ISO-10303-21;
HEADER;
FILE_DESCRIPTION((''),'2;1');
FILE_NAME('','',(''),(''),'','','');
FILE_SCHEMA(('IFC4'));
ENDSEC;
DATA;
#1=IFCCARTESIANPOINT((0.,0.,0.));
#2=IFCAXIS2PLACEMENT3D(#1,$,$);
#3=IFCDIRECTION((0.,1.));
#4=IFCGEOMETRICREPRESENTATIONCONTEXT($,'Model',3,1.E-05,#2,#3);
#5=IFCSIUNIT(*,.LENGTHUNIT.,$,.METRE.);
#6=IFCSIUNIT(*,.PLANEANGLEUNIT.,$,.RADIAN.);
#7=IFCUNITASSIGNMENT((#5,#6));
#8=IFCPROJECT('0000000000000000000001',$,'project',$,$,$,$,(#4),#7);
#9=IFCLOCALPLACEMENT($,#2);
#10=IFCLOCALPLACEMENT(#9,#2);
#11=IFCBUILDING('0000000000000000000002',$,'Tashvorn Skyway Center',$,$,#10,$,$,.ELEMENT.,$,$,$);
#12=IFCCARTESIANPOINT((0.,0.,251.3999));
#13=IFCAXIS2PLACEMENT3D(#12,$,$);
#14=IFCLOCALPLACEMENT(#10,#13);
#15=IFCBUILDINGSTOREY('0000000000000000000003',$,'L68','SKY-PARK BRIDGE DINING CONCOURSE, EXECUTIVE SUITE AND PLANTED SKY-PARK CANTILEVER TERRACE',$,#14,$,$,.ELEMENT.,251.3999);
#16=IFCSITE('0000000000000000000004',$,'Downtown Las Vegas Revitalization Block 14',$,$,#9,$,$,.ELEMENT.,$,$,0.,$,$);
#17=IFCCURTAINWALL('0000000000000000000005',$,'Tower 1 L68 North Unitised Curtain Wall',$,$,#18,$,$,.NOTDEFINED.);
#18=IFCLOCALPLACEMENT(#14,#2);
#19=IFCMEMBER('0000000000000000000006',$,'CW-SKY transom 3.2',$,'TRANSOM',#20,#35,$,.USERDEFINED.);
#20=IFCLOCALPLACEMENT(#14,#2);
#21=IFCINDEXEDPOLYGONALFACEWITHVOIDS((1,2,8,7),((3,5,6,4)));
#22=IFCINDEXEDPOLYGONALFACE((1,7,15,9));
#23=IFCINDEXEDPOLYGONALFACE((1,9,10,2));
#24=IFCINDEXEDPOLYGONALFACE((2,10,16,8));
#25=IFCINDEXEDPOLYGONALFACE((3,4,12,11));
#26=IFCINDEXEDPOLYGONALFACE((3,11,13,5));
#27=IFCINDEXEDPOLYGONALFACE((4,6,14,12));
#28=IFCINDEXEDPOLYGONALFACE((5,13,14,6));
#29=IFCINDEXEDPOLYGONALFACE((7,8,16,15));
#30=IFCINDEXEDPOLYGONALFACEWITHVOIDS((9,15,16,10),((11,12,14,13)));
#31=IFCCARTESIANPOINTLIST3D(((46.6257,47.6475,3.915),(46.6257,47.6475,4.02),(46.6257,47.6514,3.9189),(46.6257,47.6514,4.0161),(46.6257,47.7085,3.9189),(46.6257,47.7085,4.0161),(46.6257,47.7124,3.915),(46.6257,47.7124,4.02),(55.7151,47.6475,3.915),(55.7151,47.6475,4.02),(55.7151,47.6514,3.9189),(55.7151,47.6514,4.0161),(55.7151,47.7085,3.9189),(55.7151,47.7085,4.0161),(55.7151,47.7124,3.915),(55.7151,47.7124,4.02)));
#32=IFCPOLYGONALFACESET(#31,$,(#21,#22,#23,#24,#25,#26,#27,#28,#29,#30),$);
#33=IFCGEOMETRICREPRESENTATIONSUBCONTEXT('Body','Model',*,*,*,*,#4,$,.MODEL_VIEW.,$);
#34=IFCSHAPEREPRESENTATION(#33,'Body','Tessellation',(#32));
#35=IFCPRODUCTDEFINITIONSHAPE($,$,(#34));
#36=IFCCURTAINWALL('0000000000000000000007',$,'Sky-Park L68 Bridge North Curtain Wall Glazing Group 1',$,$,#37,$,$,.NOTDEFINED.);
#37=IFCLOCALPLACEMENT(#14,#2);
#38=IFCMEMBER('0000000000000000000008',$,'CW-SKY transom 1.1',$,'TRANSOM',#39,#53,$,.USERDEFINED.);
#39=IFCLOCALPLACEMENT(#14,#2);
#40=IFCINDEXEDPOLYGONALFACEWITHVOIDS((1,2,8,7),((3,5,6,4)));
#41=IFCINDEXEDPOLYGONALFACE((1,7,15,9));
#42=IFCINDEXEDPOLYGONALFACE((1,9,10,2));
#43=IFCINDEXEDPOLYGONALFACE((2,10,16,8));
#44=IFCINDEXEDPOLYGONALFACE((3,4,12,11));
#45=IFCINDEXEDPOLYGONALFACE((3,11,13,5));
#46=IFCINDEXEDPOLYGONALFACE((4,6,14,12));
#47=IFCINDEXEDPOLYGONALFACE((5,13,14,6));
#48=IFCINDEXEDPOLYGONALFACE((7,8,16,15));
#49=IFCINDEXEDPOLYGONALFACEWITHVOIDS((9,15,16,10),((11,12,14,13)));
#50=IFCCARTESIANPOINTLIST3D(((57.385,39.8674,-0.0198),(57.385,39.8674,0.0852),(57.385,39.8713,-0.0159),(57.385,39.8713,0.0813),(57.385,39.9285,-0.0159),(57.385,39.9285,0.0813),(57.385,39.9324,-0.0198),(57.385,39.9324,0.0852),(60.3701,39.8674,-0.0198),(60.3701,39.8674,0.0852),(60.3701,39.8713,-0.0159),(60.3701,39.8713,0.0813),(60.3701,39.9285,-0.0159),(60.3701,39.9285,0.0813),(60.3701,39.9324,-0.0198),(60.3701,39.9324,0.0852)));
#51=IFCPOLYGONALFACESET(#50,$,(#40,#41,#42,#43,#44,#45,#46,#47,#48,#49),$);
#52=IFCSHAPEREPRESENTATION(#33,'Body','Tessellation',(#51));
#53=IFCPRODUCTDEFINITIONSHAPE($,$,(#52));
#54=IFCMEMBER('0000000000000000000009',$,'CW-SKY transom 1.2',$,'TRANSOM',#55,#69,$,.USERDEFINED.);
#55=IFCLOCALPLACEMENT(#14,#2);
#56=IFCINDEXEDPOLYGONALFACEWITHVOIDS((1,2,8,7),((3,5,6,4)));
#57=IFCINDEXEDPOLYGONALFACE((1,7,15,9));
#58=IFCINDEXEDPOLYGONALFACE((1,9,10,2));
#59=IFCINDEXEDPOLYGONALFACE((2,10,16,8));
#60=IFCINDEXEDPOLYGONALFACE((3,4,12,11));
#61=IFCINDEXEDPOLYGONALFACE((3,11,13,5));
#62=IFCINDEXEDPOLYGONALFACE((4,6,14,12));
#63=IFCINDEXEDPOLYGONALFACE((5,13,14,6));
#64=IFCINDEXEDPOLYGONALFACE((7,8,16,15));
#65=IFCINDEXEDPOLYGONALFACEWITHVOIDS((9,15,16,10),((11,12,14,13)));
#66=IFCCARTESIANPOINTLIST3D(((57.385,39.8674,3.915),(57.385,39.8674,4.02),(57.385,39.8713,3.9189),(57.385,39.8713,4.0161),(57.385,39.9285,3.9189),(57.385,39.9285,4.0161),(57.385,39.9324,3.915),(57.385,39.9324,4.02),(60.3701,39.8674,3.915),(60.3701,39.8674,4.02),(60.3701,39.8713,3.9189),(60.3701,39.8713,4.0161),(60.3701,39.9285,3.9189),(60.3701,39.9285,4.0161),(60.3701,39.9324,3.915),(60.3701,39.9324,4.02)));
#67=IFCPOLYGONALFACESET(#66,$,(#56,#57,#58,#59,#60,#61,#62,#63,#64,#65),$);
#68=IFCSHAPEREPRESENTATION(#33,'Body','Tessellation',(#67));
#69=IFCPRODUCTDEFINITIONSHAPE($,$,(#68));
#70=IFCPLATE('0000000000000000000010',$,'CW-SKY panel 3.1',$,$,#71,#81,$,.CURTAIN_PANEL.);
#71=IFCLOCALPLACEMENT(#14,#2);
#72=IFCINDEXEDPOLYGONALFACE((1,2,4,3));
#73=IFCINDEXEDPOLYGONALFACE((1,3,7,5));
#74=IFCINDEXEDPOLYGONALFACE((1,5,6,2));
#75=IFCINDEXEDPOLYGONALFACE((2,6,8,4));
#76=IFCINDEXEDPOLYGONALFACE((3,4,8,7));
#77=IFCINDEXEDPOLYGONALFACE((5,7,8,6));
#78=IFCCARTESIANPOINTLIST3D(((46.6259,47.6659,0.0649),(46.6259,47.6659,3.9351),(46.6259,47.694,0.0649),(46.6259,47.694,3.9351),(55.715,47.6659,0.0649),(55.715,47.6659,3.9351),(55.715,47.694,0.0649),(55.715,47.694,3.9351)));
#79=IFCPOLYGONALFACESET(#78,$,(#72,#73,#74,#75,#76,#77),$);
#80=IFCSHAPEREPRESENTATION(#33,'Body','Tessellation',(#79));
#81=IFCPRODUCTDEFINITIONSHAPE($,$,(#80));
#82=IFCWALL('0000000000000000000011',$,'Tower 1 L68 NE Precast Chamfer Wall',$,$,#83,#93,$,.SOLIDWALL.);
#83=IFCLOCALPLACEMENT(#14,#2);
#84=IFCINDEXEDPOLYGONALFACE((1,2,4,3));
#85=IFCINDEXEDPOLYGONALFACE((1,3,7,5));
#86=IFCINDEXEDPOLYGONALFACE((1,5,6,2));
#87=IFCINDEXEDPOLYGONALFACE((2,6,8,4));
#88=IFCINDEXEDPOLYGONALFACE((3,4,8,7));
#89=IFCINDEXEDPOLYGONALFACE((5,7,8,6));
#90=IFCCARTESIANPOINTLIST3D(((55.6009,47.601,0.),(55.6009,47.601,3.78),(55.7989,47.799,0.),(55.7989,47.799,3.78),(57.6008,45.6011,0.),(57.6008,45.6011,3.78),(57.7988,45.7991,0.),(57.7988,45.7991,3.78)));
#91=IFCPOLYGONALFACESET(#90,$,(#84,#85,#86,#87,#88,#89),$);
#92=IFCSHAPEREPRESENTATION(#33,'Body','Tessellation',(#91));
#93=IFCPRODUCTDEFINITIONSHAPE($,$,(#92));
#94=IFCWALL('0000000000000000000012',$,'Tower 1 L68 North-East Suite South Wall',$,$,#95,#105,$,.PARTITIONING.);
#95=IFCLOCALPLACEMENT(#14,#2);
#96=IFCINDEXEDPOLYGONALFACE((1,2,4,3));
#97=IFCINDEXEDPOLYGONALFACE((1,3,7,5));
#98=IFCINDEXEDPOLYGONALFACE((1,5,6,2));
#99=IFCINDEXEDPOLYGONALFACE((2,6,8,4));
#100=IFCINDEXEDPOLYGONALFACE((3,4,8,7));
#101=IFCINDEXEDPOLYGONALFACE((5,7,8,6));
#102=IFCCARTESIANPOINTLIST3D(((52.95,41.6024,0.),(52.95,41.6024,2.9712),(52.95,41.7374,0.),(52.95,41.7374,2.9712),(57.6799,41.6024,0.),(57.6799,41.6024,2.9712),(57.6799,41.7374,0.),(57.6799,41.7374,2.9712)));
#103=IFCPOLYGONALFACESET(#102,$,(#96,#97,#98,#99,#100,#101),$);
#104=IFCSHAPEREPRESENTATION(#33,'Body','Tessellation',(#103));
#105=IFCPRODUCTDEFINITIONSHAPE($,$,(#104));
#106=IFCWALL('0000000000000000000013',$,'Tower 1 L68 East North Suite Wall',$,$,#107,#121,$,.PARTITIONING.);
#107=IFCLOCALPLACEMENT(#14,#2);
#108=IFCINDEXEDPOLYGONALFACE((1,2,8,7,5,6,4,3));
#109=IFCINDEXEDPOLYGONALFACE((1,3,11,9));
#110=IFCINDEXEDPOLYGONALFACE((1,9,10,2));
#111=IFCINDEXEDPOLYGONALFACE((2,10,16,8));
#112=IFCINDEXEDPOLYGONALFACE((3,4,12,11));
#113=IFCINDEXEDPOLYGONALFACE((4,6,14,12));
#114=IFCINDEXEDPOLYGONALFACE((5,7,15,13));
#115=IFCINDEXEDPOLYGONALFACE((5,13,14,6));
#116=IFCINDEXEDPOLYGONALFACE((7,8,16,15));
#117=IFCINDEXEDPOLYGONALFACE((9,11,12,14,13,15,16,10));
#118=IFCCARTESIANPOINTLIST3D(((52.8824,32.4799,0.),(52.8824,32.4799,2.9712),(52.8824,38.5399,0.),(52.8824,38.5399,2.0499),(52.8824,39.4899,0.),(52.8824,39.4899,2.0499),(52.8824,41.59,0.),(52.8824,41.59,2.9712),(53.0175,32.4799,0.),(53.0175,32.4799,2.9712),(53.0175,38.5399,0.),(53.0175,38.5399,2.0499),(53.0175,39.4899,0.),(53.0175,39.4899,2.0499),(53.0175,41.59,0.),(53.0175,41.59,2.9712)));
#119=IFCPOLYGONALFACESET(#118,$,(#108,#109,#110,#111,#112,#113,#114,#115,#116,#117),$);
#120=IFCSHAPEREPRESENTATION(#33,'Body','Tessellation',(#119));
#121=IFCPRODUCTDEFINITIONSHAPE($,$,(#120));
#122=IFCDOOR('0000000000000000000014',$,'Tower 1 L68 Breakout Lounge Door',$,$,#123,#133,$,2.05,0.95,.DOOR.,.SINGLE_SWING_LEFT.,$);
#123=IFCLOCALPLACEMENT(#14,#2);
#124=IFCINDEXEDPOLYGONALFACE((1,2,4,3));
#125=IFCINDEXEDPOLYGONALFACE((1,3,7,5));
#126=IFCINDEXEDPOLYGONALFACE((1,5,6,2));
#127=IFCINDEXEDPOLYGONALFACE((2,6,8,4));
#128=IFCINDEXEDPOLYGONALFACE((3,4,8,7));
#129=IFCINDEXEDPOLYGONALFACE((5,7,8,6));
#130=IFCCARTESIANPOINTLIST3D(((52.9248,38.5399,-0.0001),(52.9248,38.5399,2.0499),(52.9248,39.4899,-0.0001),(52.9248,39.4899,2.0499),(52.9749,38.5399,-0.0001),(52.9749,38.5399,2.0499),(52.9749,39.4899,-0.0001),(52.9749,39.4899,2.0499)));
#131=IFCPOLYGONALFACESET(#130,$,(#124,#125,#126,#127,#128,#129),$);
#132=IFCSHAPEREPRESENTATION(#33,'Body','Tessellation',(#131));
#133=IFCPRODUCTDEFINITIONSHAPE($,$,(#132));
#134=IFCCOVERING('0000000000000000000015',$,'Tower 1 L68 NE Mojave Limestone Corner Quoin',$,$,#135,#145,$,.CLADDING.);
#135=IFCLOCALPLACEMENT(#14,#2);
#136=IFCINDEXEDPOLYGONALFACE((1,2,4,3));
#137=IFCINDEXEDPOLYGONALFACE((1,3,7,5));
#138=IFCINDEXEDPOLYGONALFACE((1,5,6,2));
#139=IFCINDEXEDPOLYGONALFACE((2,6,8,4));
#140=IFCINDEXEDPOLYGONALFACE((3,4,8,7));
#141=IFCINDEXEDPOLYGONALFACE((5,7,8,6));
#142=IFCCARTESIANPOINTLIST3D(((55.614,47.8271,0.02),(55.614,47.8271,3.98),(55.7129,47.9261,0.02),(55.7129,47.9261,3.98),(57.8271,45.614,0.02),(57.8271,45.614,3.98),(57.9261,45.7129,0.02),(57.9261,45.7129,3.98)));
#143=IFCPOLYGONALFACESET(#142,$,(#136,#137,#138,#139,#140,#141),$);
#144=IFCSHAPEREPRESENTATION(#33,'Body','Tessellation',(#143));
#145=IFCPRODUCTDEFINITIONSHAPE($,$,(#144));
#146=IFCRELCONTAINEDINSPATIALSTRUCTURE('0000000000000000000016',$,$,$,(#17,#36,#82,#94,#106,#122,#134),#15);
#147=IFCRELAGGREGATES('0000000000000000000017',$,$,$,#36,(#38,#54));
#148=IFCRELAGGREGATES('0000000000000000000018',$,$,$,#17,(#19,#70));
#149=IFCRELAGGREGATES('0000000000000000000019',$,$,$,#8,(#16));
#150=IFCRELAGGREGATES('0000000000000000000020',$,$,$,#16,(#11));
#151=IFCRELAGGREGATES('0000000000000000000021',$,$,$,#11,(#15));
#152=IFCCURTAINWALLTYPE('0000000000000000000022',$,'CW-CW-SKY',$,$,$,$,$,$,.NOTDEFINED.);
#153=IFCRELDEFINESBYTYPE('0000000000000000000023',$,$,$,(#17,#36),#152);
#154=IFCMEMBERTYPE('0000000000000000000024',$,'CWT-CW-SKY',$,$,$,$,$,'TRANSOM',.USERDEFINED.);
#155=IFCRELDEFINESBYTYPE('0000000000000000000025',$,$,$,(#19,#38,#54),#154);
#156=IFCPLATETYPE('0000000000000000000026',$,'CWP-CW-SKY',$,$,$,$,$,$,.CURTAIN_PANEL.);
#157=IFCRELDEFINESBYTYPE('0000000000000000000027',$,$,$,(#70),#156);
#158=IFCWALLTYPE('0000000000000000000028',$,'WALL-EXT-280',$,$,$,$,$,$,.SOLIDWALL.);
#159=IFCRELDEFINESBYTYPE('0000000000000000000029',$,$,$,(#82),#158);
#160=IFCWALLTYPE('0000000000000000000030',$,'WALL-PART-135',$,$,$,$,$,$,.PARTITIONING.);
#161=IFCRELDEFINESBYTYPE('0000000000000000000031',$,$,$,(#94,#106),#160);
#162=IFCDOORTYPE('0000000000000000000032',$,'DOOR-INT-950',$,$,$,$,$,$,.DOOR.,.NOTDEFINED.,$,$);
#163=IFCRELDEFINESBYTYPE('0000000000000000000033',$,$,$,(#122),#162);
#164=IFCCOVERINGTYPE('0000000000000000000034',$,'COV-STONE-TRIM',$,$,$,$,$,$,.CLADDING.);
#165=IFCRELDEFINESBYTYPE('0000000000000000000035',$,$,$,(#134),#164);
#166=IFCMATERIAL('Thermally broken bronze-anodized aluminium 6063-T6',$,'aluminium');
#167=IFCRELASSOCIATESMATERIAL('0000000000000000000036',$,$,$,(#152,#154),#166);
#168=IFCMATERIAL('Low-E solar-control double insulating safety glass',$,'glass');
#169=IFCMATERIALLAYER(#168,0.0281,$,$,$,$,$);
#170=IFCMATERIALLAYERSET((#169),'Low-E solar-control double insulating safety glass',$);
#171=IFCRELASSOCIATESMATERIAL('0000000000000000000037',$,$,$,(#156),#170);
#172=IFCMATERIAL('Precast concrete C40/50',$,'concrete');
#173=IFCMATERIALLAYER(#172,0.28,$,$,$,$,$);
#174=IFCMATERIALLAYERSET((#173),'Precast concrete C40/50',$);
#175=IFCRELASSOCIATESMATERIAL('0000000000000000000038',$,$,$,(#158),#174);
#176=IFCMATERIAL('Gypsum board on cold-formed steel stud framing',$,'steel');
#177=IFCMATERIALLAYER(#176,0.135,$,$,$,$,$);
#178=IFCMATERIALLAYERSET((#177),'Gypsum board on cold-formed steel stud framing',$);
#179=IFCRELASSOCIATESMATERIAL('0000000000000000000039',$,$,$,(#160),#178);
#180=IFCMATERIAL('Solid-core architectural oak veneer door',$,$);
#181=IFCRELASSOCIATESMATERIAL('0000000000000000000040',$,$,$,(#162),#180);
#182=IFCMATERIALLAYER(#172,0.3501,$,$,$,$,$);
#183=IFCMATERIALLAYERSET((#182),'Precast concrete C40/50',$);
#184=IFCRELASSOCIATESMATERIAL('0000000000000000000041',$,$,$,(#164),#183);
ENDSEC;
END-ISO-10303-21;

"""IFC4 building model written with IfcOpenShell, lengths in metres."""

from ifc_helpers import new_model, si_unit, direction, frame, frame_2d, origin, origin_2d, place, context, subcontext, project, spatial, rectangle, hollow_rectangle, extrude, material, layer, layer_set, material_profile, profile_set, type_object, element, fill, aggregate, save


model = new_model("IFC4")

# Units and contexts
model_context = context("Model", 3, precision=1e-05, world=origin(), true_north=direction((0.0, 1.0)))
body_context = subcontext(model_context, "Body", "Model", "MODEL_VIEW")
ifc_project = project(units=[si_unit("LENGTHUNIT", "METRE"), si_unit("PLANEANGLEUNIT", "RADIAN")], contexts=[model_context])

# Site, building, storey
site_placement = place(None, origin())
site = spatial("IfcSite", under=ifc_project, at=site_placement, Name="Downtown Las Vegas Revitalization Block 14", CompositionType="ELEMENT", RefElevation=0.0)
building_placement = place(site_placement, origin())
building = spatial("IfcBuilding", under=site, at=building_placement, Name="Tashvorn Skyway Center", CompositionType="ELEMENT")
storey_placement = place(building_placement, frame((0.0, 0.0, 251.3999)))
storey = spatial("IfcBuildingStorey", under=building, at=storey_placement, Name="L68", Description="SKY-PARK BRIDGE DINING CONCOURSE, EXECUTIVE SUITE AND PLANTED SKY-PARK CANTILEVER TERRACE", CompositionType="ELEMENT", Elevation=251.3999)

# Curtain walls, members
ifc_material_1 = material(Name="Thermally broken bronze-anodized aluminium 6063-T6", Category="aluminium")
curtain_wall_type = type_object("IfcCurtainWallType", Name="CW-CW-SKY", PredefinedType="NOTDEFINED", material=ifc_material_1)
curtain_wall_1_placement = place(storey_placement, origin())
curtain_wall_1 = element("IfcCurtainWall", 1, at=curtain_wall_1_placement, inside=storey, type_object=curtain_wall_type, Name="Tower 1 L68 North Unitised Curtain Wall", PredefinedType="NOTDEFINED")
ifc_material_profile_1 = material_profile(ifc_material_1, hollow_rectangle(XDim=0.0649, YDim=0.105, WallThickness=0.0039, at=origin_2d()), Name="ALU-TRAN-65x105")
ifc_profile_set_1 = profile_set([ifc_material_profile_1], Name="Thermally broken bronze-anodized aluminium 6063-T6")
member_type_1 = type_object("IfcMemberType", Name="CWT-CW-SKY", ElementType="TRANSOM", PredefinedType="USERDEFINED", material=ifc_profile_set_1)
member_1_placement = place(storey_placement, frame((46.6257, 47.6799, 3.9675), z_axis=(1.0, 0.0, 0.0), x_axis=(0.0, 1.0, 0.0)))
member_1 = element("IfcMember", 2, at=member_1_placement, type_object=member_type_1, Name="CW-SKY transom 3.2", ObjectType="TRANSOM", PredefinedType="USERDEFINED", context=body_context, shape_type="SweptSolid", body=[
    extrude(hollow_rectangle(XDim=0.0649, YDim=0.105, WallThickness=0.0039, at=origin_2d()), origin(), (0.0, 0.0, 1.0), 9.0894),
])
curtain_wall_2_placement = place(storey_placement, origin())
curtain_wall_2 = element("IfcCurtainWall", 3, at=curtain_wall_2_placement, inside=storey, type_object=curtain_wall_type, Name="Sky-Park L68 Bridge North Curtain Wall Glazing Group 1", PredefinedType="NOTDEFINED")
member_2_placement = place(storey_placement, frame((57.385, 39.8999, 0.0327), z_axis=(1.0, 0.0, 0.0), x_axis=(0.0, 1.0, 0.0)))
member_2 = element("IfcMember", 4, at=member_2_placement, type_object=member_type_1, Name="CW-SKY transom 1.1", ObjectType="TRANSOM", PredefinedType="USERDEFINED", context=body_context, shape_type="SweptSolid", body=[
    extrude(hollow_rectangle(XDim=0.0649, YDim=0.105, WallThickness=0.0039, at=origin_2d()), origin(), (0.0, 0.0, 1.0), 2.9851),
])
member_3_placement = place(storey_placement, frame((57.385, 39.8999, 3.9675), z_axis=(1.0, 0.0, 0.0), x_axis=(0.0, 1.0, 0.0)))
member_3 = element("IfcMember", 5, at=member_3_placement, type_object=member_type_1, Name="CW-SKY transom 1.2", ObjectType="TRANSOM", PredefinedType="USERDEFINED", context=body_context, shape_type="SweptSolid", body=[
    extrude(hollow_rectangle(XDim=0.0649, YDim=0.105, WallThickness=0.0039, at=origin_2d()), origin(), (0.0, 0.0, 1.0), 2.9851),
])
aggregate(curtain_wall_2, [member_2, member_3])

# Plate
ifc_material_2 = material(Name="Low-E solar-control double insulating safety glass", Category="glass")
ifc_layer_1 = layer(ifc_material_2, 0.0281)
ifc_layer_set_1 = layer_set([ifc_layer_1], Name="Low-E solar-control double insulating safety glass")
plate_type = type_object("IfcPlateType", Name="CWP-CW-SKY", PredefinedType="CURTAIN_PANEL", material=ifc_layer_set_1)
plate_placement = place(storey_placement, frame((51.1704, 47.6799, 0.0649), z_axis=(0.0, 0.0, 1.0), x_axis=(1.0, 0.0, 0.0)))
plate = element("IfcPlate", 6, at=plate_placement, type_object=plate_type, Name="CW-SKY panel 3.1", PredefinedType="CURTAIN_PANEL", context=body_context, shape_type="SweptSolid", body=[
    extrude(rectangle(XDim=9.0891, YDim=0.0281, at=origin_2d()), origin(), (0.0, 0.0, 1.0), 3.8701),
])
aggregate(curtain_wall_1, [member_1, plate])

# Walls
ifc_material_3 = material(Name="Precast concrete C40/50", Category="concrete")
ifc_layer_2 = layer(ifc_material_3, 0.28)
ifc_layer_set_2 = layer_set([ifc_layer_2], Name="Precast concrete C40/50")
wall_type_1 = type_object("IfcWallType", Name="WALL-EXT-280", PredefinedType="SOLIDWALL", material=ifc_layer_set_2)
wall_1_placement = place(storey_placement, frame((55.7, 47.7, 0.0), z_axis=(0.0, 0.0, 1.0), x_axis=(0.707107, -0.707107, 0.0)))
element("IfcWall", 7, at=wall_1_placement, inside=storey, type_object=wall_type_1, Name="Tower 1 L68 NE Precast Chamfer Wall", PredefinedType="SOLIDWALL", context=body_context, shape_type="SweptSolid", body=[
    extrude(rectangle(XDim=2.8284, YDim=0.28, at=frame_2d((1.4141, 0.0))), origin(), (0.0, 0.0, 1.0), 3.78),
])
ifc_material_4 = material(Name="Gypsum board on cold-formed steel stud framing", Category="steel")
ifc_layer_3 = layer(ifc_material_4, 0.135)
ifc_layer_set_3 = layer_set([ifc_layer_3], Name="Gypsum board on cold-formed steel stud framing")
wall_type_2 = type_object("IfcWallType", Name="WALL-PART-135", PredefinedType="PARTITIONING", material=ifc_layer_set_3)
wall_2_placement = place(storey_placement, frame((52.95, 41.6699, 0.0), z_axis=(0.0, 0.0, 1.0), x_axis=(1.0, 0.0, 0.0)))
element("IfcWall", 8, at=wall_2_placement, inside=storey, type_object=wall_type_2, Name="Tower 1 L68 North-East Suite South Wall", PredefinedType="PARTITIONING", context=body_context, shape_type="SweptSolid", body=[
    extrude(rectangle(XDim=4.73, YDim=0.135, at=frame_2d((2.365, 0.0))), origin(), (0.0, 0.0, 1.0), 2.9712),
])

# Wall, opening, door
wall_3_placement = place(storey_placement, frame((52.95, 41.5901, 0.0), z_axis=(0.0, 0.0, 1.0), x_axis=(0.0, -1.0, 0.0)))
wall_3 = element("IfcWall", 9, at=wall_3_placement, inside=storey, type_object=wall_type_2, Name="Tower 1 L68 East North Suite Wall", PredefinedType="PARTITIONING", context=body_context, shape_type="SweptSolid", body=[
    extrude(rectangle(XDim=9.1101, YDim=0.135, at=frame_2d((4.5552, 0.0))), origin(), (0.0, 0.0, 1.0), 2.9712),
])
opening_placement = place(wall_3_placement, frame((2.1001, 0.0, 0.0)))
opening = element("IfcOpeningElement", 10, at=opening_placement, cuts=wall_3, PredefinedType="OPENING", context=body_context, shape_type="SweptSolid", body=[
    extrude(rectangle(XDim=0.95, YDim=2.05, at=frame_2d((0.4751, 1.0249))), frame((0.0, 0.0774, 0.0), z_axis=(0.0, -1.0, 0.0), x_axis=(1.0, 0.0, 0.0)), (0.0, 0.0, 1.0), 0.155),
])
ifc_material_5 = material(Name="Solid-core architectural oak veneer door")
door_type = type_object("IfcDoorType", Name="DOOR-INT-950", OperationType="NOTDEFINED", PredefinedType="DOOR", material=ifc_material_5)
door_placement = place(opening_placement, origin())
door = element("IfcDoor", 11, at=door_placement, inside=storey, type_object=door_type, Name="Tower 1 L68 Breakout Lounge Door", OperationType="SINGLE_SWING_LEFT", OverallHeight=2.05, OverallWidth=0.95, PredefinedType="DOOR", context=body_context, shape_type="SweptSolid", body=[
    extrude(rectangle(XDim=0.95, YDim=2.05, at=frame_2d((0.4751, 1.0249))), frame((0.0, 0.0249, 0.0), z_axis=(0.0, -1.0, 0.0), x_axis=(1.0, 0.0, 0.0)), (0.0, 0.0, 1.0), 0.05),
])
fill(opening, door)

# Covering
ifc_layer_4 = layer(ifc_material_3, 0.3501)
ifc_layer_set_4 = layer_set([ifc_layer_4], Name="Precast concrete C40/50")
covering_type = type_object("IfcCoveringType", Name="COV-STONE-TRIM", PredefinedType="CLADDING", material=ifc_layer_set_4)
covering_placement = place(storey_placement, frame((56.77, 46.77, 0.02), z_axis=(0.0, 0.0, 1.0), x_axis=(0.707107, -0.707107, 0.0)))
element("IfcCovering", 12, at=covering_placement, inside=storey, type_object=covering_type, Name="Tower 1 L68 NE Mojave Limestone Corner Quoin", PredefinedType="CLADDING", context=body_context, shape_type="SweptSolid", body=[
    extrude(rectangle(XDim=3.1299, YDim=0.1399, at=origin_2d()), origin(), (0.0, 0.0, 1.0), 3.96),
])

save(model, "model.ifc")
